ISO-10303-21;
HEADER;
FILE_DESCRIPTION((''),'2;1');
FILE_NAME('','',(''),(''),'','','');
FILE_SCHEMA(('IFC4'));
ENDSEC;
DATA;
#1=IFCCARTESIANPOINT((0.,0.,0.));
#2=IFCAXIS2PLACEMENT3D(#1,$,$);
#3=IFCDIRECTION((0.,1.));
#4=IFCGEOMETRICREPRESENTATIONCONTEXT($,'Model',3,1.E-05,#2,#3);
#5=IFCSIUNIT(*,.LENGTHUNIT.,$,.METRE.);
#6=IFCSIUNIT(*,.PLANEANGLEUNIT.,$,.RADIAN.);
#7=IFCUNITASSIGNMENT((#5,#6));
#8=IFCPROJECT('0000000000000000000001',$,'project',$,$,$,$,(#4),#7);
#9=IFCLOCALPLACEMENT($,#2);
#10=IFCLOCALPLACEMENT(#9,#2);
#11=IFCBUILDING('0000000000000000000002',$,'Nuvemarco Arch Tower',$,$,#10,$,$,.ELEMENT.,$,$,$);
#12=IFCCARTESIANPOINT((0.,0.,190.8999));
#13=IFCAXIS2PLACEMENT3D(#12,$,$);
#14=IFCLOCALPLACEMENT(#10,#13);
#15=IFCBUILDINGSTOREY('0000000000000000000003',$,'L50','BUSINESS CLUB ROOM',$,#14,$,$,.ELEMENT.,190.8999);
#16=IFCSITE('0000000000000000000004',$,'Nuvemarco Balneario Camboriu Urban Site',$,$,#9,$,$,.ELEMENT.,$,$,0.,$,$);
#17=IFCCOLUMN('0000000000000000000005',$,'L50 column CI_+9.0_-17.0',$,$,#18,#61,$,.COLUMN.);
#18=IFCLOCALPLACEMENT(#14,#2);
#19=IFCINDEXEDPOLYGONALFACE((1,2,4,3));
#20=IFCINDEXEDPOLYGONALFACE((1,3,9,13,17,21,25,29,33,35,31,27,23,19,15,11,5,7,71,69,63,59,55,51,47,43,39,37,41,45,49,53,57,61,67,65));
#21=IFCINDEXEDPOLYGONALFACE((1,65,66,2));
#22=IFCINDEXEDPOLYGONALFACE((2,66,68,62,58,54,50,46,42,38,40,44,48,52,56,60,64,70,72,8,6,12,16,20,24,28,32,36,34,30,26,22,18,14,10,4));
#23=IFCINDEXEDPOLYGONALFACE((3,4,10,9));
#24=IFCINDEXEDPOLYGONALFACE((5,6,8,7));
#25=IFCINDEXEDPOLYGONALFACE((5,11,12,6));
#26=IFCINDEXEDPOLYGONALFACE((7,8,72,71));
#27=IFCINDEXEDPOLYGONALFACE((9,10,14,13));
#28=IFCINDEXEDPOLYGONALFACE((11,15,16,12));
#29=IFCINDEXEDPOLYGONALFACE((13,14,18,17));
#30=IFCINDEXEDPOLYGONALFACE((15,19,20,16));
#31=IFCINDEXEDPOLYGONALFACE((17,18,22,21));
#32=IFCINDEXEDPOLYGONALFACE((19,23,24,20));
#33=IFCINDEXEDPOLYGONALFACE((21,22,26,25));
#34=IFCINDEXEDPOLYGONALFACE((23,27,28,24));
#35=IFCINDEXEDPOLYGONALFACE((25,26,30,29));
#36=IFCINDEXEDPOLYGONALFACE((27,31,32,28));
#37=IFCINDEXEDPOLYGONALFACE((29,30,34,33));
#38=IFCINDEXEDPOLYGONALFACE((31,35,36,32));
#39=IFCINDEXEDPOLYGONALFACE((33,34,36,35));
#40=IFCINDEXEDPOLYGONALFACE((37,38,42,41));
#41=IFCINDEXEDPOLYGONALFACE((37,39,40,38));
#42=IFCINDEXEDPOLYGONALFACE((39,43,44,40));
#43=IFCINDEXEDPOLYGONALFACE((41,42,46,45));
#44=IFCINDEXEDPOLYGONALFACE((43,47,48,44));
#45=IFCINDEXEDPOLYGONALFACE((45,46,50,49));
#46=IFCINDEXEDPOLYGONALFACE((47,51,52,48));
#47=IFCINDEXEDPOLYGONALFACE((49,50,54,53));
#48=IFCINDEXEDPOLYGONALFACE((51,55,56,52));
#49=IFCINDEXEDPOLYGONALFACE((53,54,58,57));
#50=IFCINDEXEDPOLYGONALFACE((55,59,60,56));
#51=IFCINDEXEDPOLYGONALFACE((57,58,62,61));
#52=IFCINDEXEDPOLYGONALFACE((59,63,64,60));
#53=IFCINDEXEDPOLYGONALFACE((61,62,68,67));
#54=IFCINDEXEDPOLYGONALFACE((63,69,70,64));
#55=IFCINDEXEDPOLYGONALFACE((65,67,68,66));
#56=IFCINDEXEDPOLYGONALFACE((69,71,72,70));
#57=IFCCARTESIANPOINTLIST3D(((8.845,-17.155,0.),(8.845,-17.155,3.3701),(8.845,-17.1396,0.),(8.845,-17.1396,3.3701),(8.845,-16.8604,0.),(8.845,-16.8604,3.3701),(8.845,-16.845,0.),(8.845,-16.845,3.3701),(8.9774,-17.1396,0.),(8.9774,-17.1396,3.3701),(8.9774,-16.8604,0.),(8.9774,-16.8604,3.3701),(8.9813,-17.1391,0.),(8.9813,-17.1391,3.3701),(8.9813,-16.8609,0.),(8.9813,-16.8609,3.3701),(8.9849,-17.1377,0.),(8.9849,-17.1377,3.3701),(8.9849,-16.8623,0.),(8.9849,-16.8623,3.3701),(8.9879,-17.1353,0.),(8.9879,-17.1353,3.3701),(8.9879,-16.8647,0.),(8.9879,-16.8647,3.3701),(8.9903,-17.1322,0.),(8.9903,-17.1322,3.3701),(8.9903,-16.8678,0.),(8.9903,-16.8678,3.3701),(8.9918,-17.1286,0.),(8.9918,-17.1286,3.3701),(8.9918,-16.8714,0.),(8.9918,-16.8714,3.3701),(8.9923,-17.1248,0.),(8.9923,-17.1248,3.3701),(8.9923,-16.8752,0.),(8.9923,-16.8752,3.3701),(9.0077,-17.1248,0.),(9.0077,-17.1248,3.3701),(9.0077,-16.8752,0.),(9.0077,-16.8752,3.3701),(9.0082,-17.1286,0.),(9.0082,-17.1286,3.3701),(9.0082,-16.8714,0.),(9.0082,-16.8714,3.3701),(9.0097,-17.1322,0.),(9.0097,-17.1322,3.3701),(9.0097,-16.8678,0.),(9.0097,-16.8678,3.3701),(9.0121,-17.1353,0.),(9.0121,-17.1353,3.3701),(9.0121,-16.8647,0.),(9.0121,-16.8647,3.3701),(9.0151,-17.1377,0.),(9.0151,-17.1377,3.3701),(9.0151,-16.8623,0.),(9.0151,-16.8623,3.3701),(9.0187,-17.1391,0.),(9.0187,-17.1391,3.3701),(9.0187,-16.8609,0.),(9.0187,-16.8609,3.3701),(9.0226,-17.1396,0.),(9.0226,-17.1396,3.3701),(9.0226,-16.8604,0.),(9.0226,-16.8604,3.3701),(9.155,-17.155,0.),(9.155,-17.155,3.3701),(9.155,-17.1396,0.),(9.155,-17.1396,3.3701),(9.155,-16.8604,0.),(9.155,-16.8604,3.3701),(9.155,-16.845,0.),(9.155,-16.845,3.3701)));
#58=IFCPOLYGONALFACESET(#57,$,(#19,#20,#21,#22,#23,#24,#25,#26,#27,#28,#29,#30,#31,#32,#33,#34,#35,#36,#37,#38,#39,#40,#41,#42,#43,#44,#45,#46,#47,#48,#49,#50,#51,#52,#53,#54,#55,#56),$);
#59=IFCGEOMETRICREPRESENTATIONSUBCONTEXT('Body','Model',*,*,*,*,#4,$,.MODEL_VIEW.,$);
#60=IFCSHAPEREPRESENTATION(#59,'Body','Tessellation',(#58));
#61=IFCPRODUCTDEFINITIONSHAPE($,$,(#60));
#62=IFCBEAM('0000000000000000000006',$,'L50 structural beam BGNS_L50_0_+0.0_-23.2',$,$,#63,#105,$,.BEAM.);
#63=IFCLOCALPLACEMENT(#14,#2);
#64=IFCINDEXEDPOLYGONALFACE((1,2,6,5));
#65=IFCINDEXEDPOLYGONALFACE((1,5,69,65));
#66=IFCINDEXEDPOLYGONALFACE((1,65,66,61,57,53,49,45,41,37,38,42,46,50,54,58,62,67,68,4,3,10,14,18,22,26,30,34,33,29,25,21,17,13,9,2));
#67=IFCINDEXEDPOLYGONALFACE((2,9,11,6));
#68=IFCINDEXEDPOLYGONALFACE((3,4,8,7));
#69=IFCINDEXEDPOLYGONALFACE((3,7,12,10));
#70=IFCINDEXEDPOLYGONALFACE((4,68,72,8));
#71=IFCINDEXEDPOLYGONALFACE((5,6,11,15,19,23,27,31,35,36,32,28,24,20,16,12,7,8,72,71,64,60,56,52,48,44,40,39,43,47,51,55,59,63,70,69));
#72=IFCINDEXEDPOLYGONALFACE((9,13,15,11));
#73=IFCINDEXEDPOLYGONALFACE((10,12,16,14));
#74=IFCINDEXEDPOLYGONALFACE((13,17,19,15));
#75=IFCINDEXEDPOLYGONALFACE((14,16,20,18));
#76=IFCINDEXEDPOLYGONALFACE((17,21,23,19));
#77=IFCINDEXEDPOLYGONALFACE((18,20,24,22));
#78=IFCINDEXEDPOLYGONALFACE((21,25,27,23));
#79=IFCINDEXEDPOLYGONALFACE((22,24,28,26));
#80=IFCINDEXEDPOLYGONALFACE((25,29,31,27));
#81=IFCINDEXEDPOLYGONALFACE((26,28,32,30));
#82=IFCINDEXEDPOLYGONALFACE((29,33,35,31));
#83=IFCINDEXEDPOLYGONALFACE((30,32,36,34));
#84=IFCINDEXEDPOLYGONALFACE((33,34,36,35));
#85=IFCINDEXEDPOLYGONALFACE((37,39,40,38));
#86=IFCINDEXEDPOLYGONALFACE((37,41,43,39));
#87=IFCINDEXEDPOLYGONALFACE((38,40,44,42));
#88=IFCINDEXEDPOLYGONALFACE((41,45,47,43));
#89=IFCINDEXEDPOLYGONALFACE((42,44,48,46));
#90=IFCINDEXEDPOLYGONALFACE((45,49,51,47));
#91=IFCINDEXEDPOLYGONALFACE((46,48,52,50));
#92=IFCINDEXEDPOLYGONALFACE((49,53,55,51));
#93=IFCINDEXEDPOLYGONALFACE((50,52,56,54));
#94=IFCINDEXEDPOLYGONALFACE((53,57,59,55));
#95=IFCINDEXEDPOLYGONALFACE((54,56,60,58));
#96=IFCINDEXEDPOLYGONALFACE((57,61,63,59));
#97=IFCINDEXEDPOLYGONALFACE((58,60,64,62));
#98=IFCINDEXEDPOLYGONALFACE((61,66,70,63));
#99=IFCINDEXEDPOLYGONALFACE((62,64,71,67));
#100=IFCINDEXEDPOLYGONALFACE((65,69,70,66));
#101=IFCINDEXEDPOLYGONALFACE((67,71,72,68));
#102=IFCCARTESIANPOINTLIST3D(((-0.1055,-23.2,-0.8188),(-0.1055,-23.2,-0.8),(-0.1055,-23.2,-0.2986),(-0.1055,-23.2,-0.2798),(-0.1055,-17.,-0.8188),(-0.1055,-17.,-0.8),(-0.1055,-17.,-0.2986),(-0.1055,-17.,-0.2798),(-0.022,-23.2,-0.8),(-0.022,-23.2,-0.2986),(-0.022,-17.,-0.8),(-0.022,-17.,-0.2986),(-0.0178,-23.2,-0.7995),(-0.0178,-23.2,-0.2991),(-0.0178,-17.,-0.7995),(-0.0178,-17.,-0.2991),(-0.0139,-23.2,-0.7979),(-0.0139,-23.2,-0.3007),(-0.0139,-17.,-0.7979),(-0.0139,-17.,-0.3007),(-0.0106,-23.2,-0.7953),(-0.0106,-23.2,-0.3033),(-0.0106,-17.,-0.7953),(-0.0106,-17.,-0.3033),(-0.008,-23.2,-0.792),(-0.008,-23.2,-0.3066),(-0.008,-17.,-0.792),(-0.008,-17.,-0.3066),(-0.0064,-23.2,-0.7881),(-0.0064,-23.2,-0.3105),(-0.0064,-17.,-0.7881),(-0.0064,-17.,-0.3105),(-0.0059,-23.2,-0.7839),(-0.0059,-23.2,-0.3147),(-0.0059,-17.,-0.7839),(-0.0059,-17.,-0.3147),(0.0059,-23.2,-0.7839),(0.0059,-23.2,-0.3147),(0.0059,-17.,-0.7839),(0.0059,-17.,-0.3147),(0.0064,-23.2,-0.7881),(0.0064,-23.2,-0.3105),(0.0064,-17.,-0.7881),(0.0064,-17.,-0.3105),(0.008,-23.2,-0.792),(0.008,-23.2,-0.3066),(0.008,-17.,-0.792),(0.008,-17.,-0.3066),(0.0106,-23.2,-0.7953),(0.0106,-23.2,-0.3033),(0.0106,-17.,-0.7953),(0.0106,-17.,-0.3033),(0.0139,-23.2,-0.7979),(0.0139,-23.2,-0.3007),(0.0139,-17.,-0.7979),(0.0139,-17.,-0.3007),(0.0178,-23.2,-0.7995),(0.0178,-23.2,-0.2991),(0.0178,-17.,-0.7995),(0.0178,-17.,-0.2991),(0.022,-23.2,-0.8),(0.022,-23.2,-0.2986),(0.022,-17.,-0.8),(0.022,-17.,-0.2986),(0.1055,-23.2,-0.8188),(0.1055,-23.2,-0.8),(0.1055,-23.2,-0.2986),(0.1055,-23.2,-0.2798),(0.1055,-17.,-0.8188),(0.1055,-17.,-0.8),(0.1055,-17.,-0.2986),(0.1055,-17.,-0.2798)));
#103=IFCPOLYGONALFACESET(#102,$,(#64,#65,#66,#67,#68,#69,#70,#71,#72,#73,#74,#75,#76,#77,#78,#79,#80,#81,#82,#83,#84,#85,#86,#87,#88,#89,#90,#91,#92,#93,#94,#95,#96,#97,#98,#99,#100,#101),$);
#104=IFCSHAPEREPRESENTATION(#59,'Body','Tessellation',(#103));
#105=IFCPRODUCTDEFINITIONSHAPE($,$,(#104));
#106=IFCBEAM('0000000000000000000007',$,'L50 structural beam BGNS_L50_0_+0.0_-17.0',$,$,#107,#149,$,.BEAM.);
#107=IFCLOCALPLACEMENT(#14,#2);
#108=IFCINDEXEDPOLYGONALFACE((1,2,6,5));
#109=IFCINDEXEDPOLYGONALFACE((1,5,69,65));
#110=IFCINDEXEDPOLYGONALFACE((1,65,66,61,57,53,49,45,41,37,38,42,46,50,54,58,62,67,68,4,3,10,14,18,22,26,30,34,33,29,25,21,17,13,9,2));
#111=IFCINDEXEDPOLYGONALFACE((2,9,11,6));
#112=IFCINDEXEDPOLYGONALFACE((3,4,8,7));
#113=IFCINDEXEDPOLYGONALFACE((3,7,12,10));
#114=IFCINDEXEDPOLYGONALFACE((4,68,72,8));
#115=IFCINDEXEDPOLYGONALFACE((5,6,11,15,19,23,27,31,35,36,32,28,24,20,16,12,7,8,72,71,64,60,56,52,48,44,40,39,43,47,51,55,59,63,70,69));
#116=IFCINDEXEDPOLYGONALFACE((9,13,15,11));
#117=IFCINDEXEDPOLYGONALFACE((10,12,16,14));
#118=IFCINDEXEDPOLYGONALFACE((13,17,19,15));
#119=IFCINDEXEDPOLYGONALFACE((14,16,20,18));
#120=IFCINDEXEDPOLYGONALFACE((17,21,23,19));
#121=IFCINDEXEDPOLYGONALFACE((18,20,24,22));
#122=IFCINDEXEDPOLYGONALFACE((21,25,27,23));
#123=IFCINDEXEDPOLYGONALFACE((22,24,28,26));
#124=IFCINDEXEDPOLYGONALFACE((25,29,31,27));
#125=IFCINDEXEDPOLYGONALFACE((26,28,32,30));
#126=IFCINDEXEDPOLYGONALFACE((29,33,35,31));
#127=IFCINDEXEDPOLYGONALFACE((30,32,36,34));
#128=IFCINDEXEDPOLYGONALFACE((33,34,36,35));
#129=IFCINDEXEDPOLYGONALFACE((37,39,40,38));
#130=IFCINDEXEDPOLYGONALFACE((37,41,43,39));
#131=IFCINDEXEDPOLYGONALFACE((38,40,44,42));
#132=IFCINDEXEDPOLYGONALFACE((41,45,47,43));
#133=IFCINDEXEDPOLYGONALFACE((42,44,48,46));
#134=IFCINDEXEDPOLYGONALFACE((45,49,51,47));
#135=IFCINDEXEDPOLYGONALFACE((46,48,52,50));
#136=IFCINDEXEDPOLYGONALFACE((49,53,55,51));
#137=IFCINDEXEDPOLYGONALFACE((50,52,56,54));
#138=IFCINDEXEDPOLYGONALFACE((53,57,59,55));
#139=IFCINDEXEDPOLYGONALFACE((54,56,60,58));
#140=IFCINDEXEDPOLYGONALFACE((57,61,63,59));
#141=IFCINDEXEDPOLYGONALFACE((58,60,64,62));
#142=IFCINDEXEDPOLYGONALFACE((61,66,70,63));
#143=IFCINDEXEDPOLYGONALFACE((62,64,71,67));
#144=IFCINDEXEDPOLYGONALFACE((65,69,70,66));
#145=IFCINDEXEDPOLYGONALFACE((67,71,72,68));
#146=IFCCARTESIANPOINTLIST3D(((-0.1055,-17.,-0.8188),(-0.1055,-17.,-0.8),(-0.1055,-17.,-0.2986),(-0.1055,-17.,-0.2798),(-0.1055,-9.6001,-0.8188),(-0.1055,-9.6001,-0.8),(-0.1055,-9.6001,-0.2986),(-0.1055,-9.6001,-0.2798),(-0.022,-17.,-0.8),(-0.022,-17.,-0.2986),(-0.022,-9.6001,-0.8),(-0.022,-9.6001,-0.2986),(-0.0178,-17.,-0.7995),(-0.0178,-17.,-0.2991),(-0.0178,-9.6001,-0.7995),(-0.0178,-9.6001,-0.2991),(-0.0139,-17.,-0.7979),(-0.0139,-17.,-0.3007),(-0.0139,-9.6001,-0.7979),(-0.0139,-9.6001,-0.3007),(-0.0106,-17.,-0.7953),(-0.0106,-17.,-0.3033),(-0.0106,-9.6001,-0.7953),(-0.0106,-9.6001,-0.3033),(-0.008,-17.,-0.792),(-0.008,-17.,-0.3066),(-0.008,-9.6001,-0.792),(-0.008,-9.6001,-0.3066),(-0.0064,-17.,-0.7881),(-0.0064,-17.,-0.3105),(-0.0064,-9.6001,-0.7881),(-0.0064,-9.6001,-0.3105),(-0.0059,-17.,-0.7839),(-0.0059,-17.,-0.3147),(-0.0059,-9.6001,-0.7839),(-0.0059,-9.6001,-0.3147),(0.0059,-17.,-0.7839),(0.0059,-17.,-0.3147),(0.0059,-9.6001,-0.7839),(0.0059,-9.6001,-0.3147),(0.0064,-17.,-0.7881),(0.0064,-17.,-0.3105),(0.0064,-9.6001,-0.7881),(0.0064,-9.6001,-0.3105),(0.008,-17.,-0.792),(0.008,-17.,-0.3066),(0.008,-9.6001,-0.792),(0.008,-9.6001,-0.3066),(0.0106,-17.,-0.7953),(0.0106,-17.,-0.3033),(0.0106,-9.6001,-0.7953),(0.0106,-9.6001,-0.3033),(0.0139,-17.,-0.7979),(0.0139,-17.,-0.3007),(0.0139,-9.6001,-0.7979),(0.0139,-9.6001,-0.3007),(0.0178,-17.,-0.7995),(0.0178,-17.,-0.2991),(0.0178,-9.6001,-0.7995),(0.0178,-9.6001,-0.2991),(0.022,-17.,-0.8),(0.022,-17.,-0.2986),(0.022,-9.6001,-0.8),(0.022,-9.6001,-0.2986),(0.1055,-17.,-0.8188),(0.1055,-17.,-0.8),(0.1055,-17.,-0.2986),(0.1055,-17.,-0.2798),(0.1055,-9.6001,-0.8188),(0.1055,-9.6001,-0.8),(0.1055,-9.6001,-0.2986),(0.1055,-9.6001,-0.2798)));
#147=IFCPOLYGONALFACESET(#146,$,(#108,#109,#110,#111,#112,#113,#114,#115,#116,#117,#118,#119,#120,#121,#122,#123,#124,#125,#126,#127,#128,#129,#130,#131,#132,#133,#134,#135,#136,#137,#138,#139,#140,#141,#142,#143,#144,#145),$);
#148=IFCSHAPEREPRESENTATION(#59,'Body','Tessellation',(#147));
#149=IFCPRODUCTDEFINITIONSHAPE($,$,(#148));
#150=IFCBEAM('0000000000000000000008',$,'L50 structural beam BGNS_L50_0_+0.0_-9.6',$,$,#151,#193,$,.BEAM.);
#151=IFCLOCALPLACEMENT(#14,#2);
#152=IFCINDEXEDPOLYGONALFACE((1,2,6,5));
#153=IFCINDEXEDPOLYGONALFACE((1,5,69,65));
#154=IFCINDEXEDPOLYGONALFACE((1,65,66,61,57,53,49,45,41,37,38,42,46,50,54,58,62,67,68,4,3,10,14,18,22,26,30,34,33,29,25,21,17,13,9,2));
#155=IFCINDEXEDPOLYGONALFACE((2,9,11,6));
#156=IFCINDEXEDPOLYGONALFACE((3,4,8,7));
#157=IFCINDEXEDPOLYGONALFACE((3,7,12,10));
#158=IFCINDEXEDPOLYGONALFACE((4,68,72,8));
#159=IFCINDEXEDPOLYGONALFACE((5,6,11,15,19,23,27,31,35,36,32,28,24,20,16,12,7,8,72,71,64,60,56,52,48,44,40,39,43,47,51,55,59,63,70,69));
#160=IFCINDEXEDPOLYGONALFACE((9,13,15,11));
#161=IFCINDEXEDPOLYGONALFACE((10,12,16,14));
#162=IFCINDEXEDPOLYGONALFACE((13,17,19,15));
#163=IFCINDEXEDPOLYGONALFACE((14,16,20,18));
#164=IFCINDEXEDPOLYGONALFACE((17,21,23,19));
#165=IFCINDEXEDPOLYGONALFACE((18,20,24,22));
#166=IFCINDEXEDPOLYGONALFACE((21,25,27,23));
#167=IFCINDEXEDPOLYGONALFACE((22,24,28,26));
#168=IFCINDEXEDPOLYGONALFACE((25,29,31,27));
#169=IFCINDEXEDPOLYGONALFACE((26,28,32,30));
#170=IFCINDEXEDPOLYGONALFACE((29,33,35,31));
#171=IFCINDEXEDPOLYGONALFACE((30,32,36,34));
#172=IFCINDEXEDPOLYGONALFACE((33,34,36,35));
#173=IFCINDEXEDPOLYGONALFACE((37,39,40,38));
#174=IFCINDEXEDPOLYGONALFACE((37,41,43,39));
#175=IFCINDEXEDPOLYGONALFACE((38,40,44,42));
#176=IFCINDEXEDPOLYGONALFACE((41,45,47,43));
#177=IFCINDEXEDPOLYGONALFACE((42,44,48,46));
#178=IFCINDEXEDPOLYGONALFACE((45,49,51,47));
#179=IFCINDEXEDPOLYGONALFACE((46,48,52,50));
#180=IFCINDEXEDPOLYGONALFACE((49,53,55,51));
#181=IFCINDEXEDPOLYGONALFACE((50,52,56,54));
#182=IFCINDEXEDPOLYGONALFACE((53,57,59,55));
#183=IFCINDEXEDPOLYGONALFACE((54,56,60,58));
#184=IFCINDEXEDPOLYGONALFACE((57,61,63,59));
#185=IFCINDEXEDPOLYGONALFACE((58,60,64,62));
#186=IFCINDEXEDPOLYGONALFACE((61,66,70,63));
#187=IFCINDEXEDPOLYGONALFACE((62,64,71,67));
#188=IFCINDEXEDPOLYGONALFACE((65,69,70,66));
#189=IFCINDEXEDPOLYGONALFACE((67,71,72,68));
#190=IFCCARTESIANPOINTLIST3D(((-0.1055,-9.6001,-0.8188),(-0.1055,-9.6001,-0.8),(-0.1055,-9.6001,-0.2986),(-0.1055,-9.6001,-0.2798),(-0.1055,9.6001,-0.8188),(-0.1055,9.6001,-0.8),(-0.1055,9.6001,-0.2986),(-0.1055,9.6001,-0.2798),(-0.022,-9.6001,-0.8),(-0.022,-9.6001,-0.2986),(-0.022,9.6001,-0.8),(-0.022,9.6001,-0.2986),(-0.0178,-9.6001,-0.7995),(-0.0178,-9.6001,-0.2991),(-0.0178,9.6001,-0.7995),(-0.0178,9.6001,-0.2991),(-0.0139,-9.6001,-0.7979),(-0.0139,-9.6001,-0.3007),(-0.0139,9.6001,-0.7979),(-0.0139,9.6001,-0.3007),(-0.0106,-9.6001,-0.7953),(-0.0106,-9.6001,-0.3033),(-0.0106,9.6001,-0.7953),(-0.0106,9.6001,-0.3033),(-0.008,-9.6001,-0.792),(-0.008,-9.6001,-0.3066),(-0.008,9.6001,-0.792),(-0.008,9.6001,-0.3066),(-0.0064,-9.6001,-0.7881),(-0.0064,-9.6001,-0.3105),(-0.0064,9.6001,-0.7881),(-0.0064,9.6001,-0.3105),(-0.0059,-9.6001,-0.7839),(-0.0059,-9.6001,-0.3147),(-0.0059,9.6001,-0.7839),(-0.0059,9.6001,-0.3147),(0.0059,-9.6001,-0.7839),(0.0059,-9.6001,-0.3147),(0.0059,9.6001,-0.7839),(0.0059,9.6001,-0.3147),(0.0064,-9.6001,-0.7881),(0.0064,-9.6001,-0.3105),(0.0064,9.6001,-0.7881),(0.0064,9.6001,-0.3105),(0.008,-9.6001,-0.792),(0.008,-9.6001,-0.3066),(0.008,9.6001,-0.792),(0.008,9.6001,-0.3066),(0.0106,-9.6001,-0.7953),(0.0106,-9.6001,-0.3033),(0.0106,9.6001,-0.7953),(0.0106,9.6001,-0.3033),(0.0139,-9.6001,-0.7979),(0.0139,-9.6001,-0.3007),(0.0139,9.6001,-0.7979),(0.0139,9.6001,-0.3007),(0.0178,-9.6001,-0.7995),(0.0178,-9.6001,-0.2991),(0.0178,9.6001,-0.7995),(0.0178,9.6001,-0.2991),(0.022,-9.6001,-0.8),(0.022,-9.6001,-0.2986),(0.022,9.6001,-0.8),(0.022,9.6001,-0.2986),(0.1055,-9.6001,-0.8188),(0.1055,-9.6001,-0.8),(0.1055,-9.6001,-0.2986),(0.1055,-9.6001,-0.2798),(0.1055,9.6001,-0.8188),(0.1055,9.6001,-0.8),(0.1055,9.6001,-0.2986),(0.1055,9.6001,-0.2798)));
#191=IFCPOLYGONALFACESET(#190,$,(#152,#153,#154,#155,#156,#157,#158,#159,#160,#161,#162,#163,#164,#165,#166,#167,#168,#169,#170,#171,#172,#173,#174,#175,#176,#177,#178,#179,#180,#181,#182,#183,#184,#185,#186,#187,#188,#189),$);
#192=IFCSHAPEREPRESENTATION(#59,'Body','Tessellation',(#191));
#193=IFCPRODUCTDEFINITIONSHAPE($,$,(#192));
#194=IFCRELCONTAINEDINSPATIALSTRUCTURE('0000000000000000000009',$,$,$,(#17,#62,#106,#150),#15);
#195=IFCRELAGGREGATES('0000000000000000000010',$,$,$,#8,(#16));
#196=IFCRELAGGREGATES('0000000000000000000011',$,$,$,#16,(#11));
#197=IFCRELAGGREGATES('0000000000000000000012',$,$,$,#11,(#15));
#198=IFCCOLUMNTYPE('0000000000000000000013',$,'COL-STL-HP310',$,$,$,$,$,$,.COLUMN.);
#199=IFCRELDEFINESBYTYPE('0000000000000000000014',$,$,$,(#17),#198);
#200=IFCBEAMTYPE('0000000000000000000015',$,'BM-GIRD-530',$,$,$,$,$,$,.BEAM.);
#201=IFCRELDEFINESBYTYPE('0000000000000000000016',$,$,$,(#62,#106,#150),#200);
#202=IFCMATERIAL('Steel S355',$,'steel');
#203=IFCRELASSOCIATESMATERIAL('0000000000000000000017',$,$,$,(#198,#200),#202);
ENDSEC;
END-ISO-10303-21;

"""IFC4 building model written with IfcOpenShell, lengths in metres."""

from ifc_helpers import new_model, si_unit, direction, frame, origin, origin_2d, place, context, subcontext, project, spatial, i_section, extrude, material, material_profile, profile_set, type_object, element, save


model = new_model("IFC4")

# Units and contexts
model_context = context("Model", 3, precision=1e-05, world=origin(), true_north=direction((0.0, 1.0)))
body_context = subcontext(model_context, "Body", "Model", "MODEL_VIEW")
ifc_project = project(units=[si_unit("LENGTHUNIT", "METRE"), si_unit("PLANEANGLEUNIT", "RADIAN")], contexts=[model_context])

# Site, building, storey
site_placement = place(None, origin())
site = spatial("IfcSite", under=ifc_project, at=site_placement, Name="Nuvemarco Balneario Camboriu Urban Site", CompositionType="ELEMENT", RefElevation=0.0)
building_placement = place(site_placement, origin())
building = spatial("IfcBuilding", under=site, at=building_placement, Name="Nuvemarco Arch Tower", CompositionType="ELEMENT")
storey_placement = place(building_placement, frame((0.0, 0.0, 190.8999)))
storey = spatial("IfcBuildingStorey", under=building, at=storey_placement, Name="L50", Description="BUSINESS CLUB ROOM", CompositionType="ELEMENT", Elevation=190.8999)

# Column
ifc_material_1 = material(Name="Steel S355", Category="steel")
ifc_material_profile_1 = material_profile(ifc_material_1, i_section(OverallWidth=0.3101, OverallDepth=0.3101, WebThickness=0.0154, FlangeThickness=0.0154, FilletRadius=0.0149, at=origin_2d()), Name="HP310x110")
ifc_profile_set_1 = profile_set([ifc_material_profile_1], Name="Steel S355")
column_type_1 = type_object("IfcColumnType", Name="COL-STL-HP310", PredefinedType="COLUMN", material=ifc_profile_set_1)
for number, where, z_axis, x_axis, name in (
    (1, (9.0, -17.0, 0.0), (0.0, 0.0, 1.0), (1.0, 0.0, 0.0), "L50 column CI_+9.0_-17.0"),
):
    element("IfcColumn", number, at=place(storey_placement, frame(where, z_axis=z_axis, x_axis=x_axis)), inside=storey, type_object=column_type_1, Name=name, PredefinedType="COLUMN", context=body_context, shape_type="SweptSolid", body=[
        extrude(i_section(OverallWidth=0.3101, OverallDepth=0.3101, WebThickness=0.0154, FlangeThickness=0.0154, FilletRadius=0.0149, at=origin_2d()), origin(), (0.0, 0.0, 1.0), 3.3701),
    ])

# Beams
ifc_material_profile_2 = material_profile(ifc_material_1, i_section(OverallWidth=0.2109, OverallDepth=0.5391, WebThickness=0.0117, FlangeThickness=0.0188, FilletRadius=0.0161, at=origin_2d()), Name="W530x109")
ifc_profile_set_2 = profile_set([ifc_material_profile_2], Name="Steel S355")
beam_type_1 = type_object("IfcBeamType", Name="BM-GIRD-530", PredefinedType="BEAM", material=ifc_profile_set_2)
beam_1_placement = place(storey_placement, frame((0.0, -23.2, -0.5493), z_axis=(0.0, 1.0, 0.0), x_axis=(-1.0, 0.0, 0.0)))
element("IfcBeam", 2, at=beam_1_placement, inside=storey, type_object=beam_type_1, Name="L50 structural beam BGNS_L50_0_+0.0_-23.2", PredefinedType="BEAM", context=body_context, shape_type="SweptSolid", body=[
    extrude(i_section(OverallWidth=0.2109, OverallDepth=0.5391, WebThickness=0.0117, FlangeThickness=0.0188, FilletRadius=0.0161, at=origin_2d()), origin(), (0.0, 0.0, 1.0), 6.2),
])
beam_2_placement = place(storey_placement, frame((0.0, -17.0, -0.5493), z_axis=(0.0, 1.0, 0.0), x_axis=(-1.0, 0.0, 0.0)))
element("IfcBeam", 3, at=beam_2_placement, inside=storey, type_object=beam_type_1, Name="L50 structural beam BGNS_L50_0_+0.0_-17.0", PredefinedType="BEAM", context=body_context, shape_type="SweptSolid", body=[
    extrude(i_section(OverallWidth=0.2109, OverallDepth=0.5391, WebThickness=0.0117, FlangeThickness=0.0188, FilletRadius=0.0161, at=origin_2d()), origin(), (0.0, 0.0, 1.0), 7.3999),
])
beam_3_placement = place(storey_placement, frame((0.0, -9.6001, -0.5493), z_axis=(0.0, 1.0, 0.0), x_axis=(-1.0, 0.0, 0.0)))
element("IfcBeam", 4, at=beam_3_placement, inside=storey, type_object=beam_type_1, Name="L50 structural beam BGNS_L50_0_+0.0_-9.6", PredefinedType="BEAM", context=body_context, shape_type="SweptSolid", body=[
    extrude(i_section(OverallWidth=0.2109, OverallDepth=0.5391, WebThickness=0.0117, FlangeThickness=0.0188, FilletRadius=0.0161, at=origin_2d()), origin(), (0.0, 0.0, 1.0), 19.2002),
])

save(model, "model.ifc")
